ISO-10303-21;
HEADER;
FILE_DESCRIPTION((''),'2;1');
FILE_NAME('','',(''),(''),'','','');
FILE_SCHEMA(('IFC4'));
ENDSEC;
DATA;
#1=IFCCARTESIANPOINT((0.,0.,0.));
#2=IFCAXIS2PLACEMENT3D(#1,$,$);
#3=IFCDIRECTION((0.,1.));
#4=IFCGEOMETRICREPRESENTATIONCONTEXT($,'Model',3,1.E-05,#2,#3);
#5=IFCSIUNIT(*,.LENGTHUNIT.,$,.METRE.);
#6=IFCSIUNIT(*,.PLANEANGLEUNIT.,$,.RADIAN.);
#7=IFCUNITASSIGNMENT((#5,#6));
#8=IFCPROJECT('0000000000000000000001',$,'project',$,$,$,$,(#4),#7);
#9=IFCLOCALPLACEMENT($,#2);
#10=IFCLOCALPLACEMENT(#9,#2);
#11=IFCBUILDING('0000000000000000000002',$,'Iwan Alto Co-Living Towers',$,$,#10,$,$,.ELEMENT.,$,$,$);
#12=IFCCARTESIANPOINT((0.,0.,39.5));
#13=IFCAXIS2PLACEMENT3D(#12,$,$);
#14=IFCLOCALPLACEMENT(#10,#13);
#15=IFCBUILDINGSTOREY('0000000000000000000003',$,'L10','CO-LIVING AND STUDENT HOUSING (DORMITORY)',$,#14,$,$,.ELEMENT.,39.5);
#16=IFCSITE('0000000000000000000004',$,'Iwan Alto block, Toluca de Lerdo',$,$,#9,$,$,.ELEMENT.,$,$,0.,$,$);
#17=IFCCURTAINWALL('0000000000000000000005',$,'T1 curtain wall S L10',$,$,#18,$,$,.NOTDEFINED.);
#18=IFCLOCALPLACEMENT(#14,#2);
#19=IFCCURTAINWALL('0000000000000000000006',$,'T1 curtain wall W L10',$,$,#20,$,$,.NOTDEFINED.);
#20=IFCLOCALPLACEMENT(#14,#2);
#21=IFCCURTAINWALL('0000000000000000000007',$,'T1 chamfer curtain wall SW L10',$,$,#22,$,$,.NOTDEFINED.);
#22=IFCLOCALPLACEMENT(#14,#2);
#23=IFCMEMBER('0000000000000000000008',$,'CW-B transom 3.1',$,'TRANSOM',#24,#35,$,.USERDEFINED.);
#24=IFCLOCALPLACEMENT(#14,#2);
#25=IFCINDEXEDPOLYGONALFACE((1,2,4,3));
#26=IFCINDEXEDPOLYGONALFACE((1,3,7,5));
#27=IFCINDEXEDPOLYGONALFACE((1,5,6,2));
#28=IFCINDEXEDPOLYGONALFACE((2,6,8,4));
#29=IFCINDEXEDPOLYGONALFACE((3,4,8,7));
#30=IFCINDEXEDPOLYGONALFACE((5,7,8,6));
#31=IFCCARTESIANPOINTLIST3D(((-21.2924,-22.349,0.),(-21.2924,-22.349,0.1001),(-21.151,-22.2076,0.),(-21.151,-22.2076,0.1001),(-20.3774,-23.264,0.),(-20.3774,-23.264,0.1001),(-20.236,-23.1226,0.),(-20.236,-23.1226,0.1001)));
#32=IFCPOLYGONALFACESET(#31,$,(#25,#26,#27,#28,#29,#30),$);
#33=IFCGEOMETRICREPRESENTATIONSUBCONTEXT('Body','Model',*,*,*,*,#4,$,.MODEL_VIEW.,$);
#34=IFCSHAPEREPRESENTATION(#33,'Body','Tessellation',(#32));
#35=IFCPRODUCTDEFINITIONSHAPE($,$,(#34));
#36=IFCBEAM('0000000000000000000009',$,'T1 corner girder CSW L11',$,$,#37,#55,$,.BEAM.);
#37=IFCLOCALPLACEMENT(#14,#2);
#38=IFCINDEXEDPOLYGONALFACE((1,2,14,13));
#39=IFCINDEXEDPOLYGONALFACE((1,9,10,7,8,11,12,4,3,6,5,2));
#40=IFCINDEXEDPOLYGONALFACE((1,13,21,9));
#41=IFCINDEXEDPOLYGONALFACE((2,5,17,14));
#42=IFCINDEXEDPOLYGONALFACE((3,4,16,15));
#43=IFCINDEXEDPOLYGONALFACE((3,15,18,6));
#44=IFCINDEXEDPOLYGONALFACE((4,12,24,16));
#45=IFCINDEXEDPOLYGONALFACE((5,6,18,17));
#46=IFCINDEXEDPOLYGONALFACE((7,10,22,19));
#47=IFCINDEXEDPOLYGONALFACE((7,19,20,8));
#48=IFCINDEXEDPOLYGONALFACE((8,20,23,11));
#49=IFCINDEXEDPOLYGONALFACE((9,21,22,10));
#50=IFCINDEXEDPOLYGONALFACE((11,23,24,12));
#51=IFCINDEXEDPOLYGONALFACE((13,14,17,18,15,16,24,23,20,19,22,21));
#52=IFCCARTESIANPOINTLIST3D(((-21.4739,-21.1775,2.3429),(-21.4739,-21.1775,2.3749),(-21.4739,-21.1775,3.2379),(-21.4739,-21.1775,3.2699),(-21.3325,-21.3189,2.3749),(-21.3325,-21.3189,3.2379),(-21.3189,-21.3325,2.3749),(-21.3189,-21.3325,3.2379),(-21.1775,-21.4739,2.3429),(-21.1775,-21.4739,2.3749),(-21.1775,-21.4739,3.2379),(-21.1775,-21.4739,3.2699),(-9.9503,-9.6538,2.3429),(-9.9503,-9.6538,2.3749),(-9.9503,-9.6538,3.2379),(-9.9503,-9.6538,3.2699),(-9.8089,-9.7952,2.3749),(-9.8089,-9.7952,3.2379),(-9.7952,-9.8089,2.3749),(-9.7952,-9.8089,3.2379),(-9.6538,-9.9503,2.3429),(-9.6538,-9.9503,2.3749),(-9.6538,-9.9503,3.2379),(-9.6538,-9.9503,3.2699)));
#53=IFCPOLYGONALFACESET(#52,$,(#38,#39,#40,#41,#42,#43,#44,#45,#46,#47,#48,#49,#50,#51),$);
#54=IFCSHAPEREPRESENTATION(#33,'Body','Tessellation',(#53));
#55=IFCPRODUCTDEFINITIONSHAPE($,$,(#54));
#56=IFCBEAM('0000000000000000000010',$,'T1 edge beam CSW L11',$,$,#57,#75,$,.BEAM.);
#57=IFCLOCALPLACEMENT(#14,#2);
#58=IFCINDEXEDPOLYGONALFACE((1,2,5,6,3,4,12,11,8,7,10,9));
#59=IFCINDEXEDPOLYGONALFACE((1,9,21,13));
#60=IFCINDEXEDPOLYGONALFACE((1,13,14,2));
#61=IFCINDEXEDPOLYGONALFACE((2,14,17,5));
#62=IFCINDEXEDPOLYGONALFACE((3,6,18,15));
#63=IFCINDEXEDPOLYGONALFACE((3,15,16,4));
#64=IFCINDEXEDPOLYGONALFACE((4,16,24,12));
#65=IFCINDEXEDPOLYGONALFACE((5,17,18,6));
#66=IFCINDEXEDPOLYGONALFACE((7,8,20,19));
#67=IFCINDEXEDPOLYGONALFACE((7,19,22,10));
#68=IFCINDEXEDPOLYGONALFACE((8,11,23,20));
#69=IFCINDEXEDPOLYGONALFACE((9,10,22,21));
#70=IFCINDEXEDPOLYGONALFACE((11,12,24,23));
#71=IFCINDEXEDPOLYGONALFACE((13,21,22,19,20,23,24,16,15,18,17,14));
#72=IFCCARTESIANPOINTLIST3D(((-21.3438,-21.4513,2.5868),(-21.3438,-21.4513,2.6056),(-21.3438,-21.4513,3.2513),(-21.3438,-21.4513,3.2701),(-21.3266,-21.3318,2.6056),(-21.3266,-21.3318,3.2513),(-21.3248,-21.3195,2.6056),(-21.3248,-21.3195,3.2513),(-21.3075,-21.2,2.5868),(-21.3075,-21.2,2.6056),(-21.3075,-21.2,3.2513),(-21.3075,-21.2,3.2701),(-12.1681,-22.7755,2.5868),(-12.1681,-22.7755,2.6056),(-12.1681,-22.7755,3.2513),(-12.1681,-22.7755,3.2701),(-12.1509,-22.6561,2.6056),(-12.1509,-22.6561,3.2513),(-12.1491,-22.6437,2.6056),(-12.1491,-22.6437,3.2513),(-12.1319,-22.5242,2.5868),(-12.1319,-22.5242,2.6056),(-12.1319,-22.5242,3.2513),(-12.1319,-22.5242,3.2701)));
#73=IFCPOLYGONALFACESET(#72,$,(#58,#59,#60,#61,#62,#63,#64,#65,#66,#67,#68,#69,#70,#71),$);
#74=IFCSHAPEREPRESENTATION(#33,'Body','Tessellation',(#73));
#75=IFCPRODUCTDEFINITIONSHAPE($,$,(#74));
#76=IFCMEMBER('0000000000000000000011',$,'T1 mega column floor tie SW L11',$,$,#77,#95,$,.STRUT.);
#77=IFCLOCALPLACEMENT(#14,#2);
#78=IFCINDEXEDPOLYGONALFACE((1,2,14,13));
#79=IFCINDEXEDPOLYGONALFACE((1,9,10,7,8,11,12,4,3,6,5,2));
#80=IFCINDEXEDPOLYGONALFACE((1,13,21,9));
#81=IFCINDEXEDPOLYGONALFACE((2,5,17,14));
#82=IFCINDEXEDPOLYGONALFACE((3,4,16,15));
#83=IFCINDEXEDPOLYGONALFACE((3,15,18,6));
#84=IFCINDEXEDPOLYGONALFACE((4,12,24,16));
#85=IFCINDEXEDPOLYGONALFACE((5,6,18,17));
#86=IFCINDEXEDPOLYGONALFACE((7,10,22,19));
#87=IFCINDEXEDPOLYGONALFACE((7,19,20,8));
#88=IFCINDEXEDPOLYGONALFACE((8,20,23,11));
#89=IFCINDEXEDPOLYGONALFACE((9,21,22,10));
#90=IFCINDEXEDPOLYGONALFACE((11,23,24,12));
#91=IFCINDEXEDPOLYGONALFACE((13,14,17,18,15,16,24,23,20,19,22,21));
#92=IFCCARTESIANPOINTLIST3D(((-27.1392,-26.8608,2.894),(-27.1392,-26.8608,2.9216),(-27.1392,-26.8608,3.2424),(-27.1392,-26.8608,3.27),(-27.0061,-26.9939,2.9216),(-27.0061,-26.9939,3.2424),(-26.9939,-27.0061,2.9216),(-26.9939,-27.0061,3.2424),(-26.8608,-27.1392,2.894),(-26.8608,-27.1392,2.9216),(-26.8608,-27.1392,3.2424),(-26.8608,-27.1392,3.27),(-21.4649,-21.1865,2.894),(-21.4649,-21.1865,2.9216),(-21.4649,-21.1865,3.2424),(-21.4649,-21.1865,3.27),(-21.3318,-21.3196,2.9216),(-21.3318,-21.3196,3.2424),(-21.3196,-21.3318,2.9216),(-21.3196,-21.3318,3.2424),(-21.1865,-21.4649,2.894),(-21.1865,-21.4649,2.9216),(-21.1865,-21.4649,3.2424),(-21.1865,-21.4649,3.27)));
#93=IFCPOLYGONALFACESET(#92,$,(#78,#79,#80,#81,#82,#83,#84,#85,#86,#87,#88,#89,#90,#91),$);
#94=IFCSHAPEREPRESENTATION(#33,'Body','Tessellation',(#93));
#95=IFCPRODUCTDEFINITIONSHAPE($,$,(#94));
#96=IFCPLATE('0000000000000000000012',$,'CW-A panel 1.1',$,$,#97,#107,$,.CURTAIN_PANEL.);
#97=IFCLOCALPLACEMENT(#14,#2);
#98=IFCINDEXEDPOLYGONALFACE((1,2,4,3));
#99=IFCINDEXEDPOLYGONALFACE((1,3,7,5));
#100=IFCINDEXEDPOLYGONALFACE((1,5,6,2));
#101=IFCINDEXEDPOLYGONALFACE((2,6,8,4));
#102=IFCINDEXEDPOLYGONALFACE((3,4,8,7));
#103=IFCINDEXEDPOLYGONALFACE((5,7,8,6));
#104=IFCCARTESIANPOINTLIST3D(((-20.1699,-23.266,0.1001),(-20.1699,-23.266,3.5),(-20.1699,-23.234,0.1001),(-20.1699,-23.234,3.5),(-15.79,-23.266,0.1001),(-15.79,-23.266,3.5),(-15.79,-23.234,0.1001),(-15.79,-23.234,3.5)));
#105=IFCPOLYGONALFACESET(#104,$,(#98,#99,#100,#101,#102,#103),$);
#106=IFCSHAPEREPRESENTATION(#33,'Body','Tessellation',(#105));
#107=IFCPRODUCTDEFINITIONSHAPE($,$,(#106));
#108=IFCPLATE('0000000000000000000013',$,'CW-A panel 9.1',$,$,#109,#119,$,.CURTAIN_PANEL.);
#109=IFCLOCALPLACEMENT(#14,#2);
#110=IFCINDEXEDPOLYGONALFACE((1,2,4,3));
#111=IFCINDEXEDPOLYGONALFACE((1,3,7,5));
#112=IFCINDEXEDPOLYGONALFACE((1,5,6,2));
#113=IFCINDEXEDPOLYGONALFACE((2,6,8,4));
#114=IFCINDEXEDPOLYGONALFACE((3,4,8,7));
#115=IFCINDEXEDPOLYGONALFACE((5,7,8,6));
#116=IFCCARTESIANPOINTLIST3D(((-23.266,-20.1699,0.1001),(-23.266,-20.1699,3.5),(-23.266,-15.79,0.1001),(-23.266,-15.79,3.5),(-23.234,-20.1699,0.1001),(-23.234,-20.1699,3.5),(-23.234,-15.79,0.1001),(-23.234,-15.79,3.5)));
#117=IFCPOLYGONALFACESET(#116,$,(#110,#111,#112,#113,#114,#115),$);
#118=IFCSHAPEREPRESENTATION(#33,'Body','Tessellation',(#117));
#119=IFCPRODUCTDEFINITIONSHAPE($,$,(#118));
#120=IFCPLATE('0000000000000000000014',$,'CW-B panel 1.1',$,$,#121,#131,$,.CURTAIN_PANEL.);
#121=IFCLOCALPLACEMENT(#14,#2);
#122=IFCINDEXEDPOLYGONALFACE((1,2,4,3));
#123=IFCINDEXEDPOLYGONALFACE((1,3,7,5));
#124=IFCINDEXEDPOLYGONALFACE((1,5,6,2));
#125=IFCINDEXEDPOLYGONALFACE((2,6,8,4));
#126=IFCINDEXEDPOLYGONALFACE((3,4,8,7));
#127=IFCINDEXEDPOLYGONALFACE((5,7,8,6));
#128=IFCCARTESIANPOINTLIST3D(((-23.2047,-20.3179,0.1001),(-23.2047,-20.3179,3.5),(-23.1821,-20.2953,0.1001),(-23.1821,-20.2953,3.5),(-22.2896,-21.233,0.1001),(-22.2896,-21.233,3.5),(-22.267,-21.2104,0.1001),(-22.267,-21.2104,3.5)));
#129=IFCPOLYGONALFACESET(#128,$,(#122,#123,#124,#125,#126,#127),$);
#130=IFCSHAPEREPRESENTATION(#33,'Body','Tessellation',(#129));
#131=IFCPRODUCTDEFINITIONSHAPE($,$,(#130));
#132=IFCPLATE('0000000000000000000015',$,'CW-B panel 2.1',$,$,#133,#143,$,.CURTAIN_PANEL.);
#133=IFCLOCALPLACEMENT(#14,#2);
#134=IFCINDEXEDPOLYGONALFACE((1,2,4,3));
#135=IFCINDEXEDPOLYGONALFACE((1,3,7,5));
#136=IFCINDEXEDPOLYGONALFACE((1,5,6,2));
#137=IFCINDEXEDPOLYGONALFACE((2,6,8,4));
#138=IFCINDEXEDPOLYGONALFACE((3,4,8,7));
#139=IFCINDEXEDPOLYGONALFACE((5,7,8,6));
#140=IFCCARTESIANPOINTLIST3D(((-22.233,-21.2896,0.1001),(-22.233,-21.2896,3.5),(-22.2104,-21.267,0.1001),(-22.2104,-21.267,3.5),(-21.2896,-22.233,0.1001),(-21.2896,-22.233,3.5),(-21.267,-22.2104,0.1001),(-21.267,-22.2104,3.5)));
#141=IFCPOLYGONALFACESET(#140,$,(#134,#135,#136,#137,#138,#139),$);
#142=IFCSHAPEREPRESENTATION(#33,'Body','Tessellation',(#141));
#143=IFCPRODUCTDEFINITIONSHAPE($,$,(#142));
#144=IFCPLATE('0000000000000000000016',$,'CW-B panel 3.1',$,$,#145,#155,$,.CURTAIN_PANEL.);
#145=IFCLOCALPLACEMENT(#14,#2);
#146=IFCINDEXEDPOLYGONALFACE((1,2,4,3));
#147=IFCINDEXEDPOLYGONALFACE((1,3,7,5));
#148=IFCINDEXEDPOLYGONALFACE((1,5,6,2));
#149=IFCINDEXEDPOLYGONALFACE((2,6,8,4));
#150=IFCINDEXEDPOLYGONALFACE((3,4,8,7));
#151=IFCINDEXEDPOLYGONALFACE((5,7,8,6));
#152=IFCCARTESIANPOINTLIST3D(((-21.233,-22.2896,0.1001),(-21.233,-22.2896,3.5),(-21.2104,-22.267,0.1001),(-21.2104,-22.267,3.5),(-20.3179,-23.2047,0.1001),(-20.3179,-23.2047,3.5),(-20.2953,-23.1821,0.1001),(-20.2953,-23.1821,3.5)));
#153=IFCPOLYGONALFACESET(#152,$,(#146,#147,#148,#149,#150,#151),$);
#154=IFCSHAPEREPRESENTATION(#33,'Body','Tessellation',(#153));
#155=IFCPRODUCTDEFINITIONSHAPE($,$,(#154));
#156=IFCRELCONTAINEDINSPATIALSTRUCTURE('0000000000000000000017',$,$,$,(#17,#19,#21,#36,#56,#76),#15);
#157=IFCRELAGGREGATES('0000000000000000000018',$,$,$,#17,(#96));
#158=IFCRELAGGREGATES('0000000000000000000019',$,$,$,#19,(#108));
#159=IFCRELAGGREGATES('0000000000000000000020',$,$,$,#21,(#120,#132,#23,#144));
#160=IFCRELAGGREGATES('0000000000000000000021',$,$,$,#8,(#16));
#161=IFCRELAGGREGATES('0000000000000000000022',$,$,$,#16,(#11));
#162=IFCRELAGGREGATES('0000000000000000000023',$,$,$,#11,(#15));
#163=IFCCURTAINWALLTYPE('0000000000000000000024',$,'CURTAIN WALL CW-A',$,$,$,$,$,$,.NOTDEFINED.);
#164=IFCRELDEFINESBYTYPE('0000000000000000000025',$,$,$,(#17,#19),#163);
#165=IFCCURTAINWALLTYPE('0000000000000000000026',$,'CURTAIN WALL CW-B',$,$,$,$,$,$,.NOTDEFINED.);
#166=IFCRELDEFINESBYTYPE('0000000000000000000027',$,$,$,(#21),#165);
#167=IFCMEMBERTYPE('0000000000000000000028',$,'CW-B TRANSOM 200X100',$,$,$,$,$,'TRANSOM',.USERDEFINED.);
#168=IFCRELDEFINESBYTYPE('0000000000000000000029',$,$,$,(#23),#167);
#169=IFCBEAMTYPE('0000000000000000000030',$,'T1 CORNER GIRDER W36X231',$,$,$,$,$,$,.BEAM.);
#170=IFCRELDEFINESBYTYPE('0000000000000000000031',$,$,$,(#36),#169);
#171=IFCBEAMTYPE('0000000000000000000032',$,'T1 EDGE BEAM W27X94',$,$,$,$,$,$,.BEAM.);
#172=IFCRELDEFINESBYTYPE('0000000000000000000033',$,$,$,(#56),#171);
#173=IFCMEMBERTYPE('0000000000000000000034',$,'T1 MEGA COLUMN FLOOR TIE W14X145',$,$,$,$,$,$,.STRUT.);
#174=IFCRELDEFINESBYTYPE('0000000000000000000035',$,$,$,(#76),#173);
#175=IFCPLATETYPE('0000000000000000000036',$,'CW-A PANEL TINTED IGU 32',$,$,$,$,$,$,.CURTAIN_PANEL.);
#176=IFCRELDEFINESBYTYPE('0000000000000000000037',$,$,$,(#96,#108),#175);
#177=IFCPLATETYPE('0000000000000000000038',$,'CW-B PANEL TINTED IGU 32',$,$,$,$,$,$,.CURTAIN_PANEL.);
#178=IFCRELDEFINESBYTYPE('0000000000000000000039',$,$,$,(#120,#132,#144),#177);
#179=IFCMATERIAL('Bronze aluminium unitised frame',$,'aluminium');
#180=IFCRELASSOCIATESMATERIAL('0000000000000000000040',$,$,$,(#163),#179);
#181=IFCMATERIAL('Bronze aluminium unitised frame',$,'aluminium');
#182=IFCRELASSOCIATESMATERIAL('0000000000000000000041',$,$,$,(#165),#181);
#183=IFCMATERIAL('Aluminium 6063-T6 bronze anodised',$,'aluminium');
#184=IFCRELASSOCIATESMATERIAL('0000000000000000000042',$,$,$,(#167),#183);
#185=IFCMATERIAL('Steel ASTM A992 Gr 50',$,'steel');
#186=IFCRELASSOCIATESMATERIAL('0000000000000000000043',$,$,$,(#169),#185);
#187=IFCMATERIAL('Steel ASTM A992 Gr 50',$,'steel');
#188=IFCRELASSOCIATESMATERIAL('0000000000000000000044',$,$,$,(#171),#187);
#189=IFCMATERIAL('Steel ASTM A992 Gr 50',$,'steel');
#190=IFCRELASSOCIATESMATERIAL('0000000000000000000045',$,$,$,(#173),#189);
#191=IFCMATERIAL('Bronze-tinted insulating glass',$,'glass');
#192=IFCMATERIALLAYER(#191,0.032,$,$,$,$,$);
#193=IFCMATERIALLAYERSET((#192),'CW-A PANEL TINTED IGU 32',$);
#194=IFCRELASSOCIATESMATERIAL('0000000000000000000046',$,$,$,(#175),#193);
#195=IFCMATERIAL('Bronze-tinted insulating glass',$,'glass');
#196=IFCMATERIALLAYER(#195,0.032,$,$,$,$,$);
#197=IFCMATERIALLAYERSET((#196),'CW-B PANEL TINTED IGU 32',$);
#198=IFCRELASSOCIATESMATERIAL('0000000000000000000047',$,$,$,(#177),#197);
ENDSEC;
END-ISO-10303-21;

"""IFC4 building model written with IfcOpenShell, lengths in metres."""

from ifc_helpers import new_model, si_unit, direction, frame, origin, origin_2d, place, context, subcontext, project, spatial, rectangle, i_section, extrude, material, layer, layer_set, material_profile, profile_set, type_object, element, aggregate, save


model = new_model("IFC4")

# Units and contexts
model_context = context("Model", 3, precision=1e-05, world=origin(), true_north=direction((0.0, 1.0)))
body_context = subcontext(model_context, "Body", "Model", "MODEL_VIEW")
ifc_project = project(units=[si_unit("LENGTHUNIT", "METRE"), si_unit("PLANEANGLEUNIT", "RADIAN")], contexts=[model_context])

# Site, building, storey
site_placement = place(None, origin())
site = spatial("IfcSite", under=ifc_project, at=site_placement, Name="Iwan Alto block, Toluca de Lerdo", CompositionType="ELEMENT", RefElevation=0.0)
building_placement = place(site_placement, origin())
building = spatial("IfcBuilding", under=site, at=building_placement, Name="Iwan Alto Co-Living Towers", CompositionType="ELEMENT")
storey_placement = place(building_placement, frame((0.0, 0.0, 39.5)))
storey = spatial("IfcBuildingStorey", under=building, at=storey_placement, Name="L10", Description="CO-LIVING AND STUDENT HOUSING (DORMITORY)", CompositionType="ELEMENT", Elevation=39.5)

# Curtain wall
ifc_material_1 = material(Name="Bronze aluminium unitised frame", Category="aluminium")
curtain_wall_type_1 = type_object("IfcCurtainWallType", Name="CURTAIN WALL CW-A", PredefinedType="NOTDEFINED", material=ifc_material_1)
curtain_wall_1_placement = place(storey_placement, origin())
curtain_wall_1 = element("IfcCurtainWall", 1, at=curtain_wall_1_placement, inside=storey, type_object=curtain_wall_type_1, Name="T1 curtain wall S L10", PredefinedType="NOTDEFINED")

# Curtain wall
curtain_wall_2_placement = place(storey_placement, origin())
curtain_wall_2 = element("IfcCurtainWall", 2, at=curtain_wall_2_placement, inside=storey, type_object=curtain_wall_type_1, Name="T1 curtain wall W L10", PredefinedType="NOTDEFINED")

# Curtain wall, member
ifc_material_2 = material(Name="Bronze aluminium unitised frame", Category="aluminium")
curtain_wall_type_2 = type_object("IfcCurtainWallType", Name="CURTAIN WALL CW-B", PredefinedType="NOTDEFINED", material=ifc_material_2)
curtain_wall_3_placement = place(storey_placement, origin())
curtain_wall_3 = element("IfcCurtainWall", 3, at=curtain_wall_3_placement, inside=storey, type_object=curtain_wall_type_2, Name="T1 chamfer curtain wall SW L10", PredefinedType="NOTDEFINED")
ifc_material_3 = material(Name="Aluminium 6063-T6 bronze anodised", Category="aluminium")
ifc_material_profile_1 = material_profile(ifc_material_3, rectangle(XDim=0.2, YDim=0.1001, at=origin_2d()), Name="AL 200X100")
ifc_profile_set_1 = profile_set([ifc_material_profile_1], Name="Aluminium 6063-T6 bronze anodised")
member_type_1 = type_object("IfcMemberType", Name="CW-B TRANSOM 200X100", ElementType="TRANSOM", PredefinedType="USERDEFINED", material=ifc_profile_set_1)
member_1_placement = place(storey_placement, frame((-21.2217, -22.2783, 0.05), z_axis=(0.707107, -0.707107, 0.0), x_axis=(0.707107, 0.707107, 0.0)))
member_1 = element("IfcMember", 4, at=member_1_placement, type_object=member_type_1, Name="CW-B transom 3.1", ObjectType="TRANSOM", PredefinedType="USERDEFINED", context=body_context, shape_type="SweptSolid", body=[
    extrude(rectangle(XDim=0.2, YDim=0.1001, at=origin_2d()), origin(), (0.0, 0.0, 1.0), 1.2939),
])

# Beams
ifc_material_4 = material(Name="Steel ASTM A992 Gr 50", Category="steel")
ifc_material_profile_2 = material_profile(ifc_material_4, i_section(OverallWidth=0.4192, OverallDepth=0.927, WebThickness=0.0193, FlangeThickness=0.032, at=origin_2d()), Name="W36X231")
ifc_profile_set_2 = profile_set([ifc_material_profile_2], Name="Steel ASTM A992 Gr 50")
beam_type_1 = type_object("IfcBeamType", Name="T1 CORNER GIRDER W36X231", PredefinedType="BEAM", material=ifc_profile_set_2)
beam_1_placement = place(storey_placement, frame((-21.3257, -21.3257, 2.8064), z_axis=(0.707107, 0.707107, 0.0), x_axis=(-0.707107, 0.707107, 0.0)))
element("IfcBeam", 5, at=beam_1_placement, inside=storey, type_object=beam_type_1, Name="T1 corner girder CSW L11", PredefinedType="BEAM", context=body_context, shape_type="SweptSolid", body=[
    extrude(i_section(OverallWidth=0.4192, OverallDepth=0.927, WebThickness=0.0193, FlangeThickness=0.032, at=origin_2d()), origin(), (0.0, 0.0, 1.0), 16.2969),
])
ifc_material_5 = material(Name="Steel ASTM A992 Gr 50", Category="steel")
ifc_material_profile_3 = material_profile(ifc_material_5, i_section(OverallWidth=0.2539, OverallDepth=0.6833, WebThickness=0.0125, FlangeThickness=0.0188, at=origin_2d()), Name="W27X94")
ifc_profile_set_3 = profile_set([ifc_material_profile_3], Name="Steel ASTM A992 Gr 50")
beam_type_2 = type_object("IfcBeamType", Name="T1 EDGE BEAM W27X94", PredefinedType="BEAM", material=ifc_profile_set_3)
beam_2_placement = place(storey_placement, frame((-21.3257, -21.3257, 2.9285), z_axis=(0.989746, -0.142837, 0.0), x_axis=(0.142837, 0.989746, 0.0)))
element("IfcBeam", 6, at=beam_2_placement, inside=storey, type_object=beam_type_2, Name="T1 edge beam CSW L11", PredefinedType="BEAM", context=body_context, shape_type="SweptSolid", body=[
    extrude(i_section(OverallWidth=0.2539, OverallDepth=0.6833, WebThickness=0.0125, FlangeThickness=0.0188, at=origin_2d()), origin(), (0.0, 0.0, 1.0), 9.2708),
])

# Member
ifc_material_6 = material(Name="Steel ASTM A992 Gr 50", Category="steel")
ifc_material_profile_4 = material_profile(ifc_material_6, i_section(OverallWidth=0.3938, OverallDepth=0.376, WebThickness=0.0173, FlangeThickness=0.0276, at=origin_2d()), Name="W14X145")
ifc_profile_set_4 = profile_set([ifc_material_profile_4], Name="Steel ASTM A992 Gr 50")
member_type_2 = type_object("IfcMemberType", Name="T1 MEGA COLUMN FLOOR TIE W14X145", PredefinedType="STRUT", material=ifc_profile_set_4)
member_2_placement = place(storey_placement, frame((-27.0, -27.0, 3.082), z_axis=(0.707107, 0.707107, 0.0), x_axis=(-0.707107, 0.707107, 0.0)))
element("IfcMember", 7, at=member_2_placement, inside=storey, type_object=member_type_2, Name="T1 mega column floor tie SW L11", PredefinedType="STRUT", context=body_context, shape_type="SweptSolid", body=[
    extrude(i_section(OverallWidth=0.3938, OverallDepth=0.376, WebThickness=0.0173, FlangeThickness=0.0276, at=origin_2d()), origin(), (0.0, 0.0, 1.0), 8.0247),
])

# Plates
ifc_material_7 = material(Name="Bronze-tinted insulating glass", Category="glass")
ifc_layer_1 = layer(ifc_material_7, 0.032)
ifc_layer_set_1 = layer_set([ifc_layer_1], Name="CW-A PANEL TINTED IGU 32")
plate_type_1 = type_object("IfcPlateType", Name="CW-A PANEL TINTED IGU 32", PredefinedType="CURTAIN_PANEL", material=ifc_layer_set_1)
plate_1_placement = place(storey_placement, frame((-17.98, -23.25, 0.1001), z_axis=(0.0, 0.0, 1.0), x_axis=(1.0, 0.0, 0.0)))
plate_1 = element("IfcPlate", 8, at=plate_1_placement, type_object=plate_type_1, Name="CW-A panel 1.1", PredefinedType="CURTAIN_PANEL", context=body_context, shape_type="SweptSolid", body=[
    extrude(rectangle(XDim=4.3799, YDim=0.032, at=origin_2d()), origin(), (0.0, 0.0, 1.0), 3.3999),
])
aggregate(curtain_wall_1, [plate_1])
plate_2_placement = place(storey_placement, frame((-23.25, -17.98, 0.1001), z_axis=(0.0, 0.0, 1.0), x_axis=(0.0, -1.0, 0.0)))
plate_2 = element("IfcPlate", 9, at=plate_2_placement, type_object=plate_type_1, Name="CW-A panel 9.1", PredefinedType="CURTAIN_PANEL", context=body_context, shape_type="SweptSolid", body=[
    extrude(rectangle(XDim=4.3799, YDim=0.032, at=origin_2d()), origin(), (0.0, 0.0, 1.0), 3.3999),
])
aggregate(curtain_wall_2, [plate_2])
ifc_material_8 = material(Name="Bronze-tinted insulating glass", Category="glass")
ifc_layer_2 = layer(ifc_material_8, 0.032)
ifc_layer_set_2 = layer_set([ifc_layer_2], Name="CW-B PANEL TINTED IGU 32")
plate_type_2 = type_object("IfcPlateType", Name="CW-B PANEL TINTED IGU 32", PredefinedType="CURTAIN_PANEL", material=ifc_layer_set_2)
plate_3_placement = place(storey_placement, frame((-22.7358, -20.7642, 0.1001), z_axis=(0.0, 0.0, 1.0), x_axis=(0.707107, -0.707107, 0.0)))
plate_3 = element("IfcPlate", 10, at=plate_3_placement, type_object=plate_type_2, Name="CW-B panel 1.1", PredefinedType="CURTAIN_PANEL", context=body_context, shape_type="SweptSolid", body=[
    extrude(rectangle(XDim=1.2942, YDim=0.032, at=origin_2d()), origin(), (0.0, 0.0, 1.0), 3.3999),
])
plate_4_placement = place(storey_placement, frame((-21.75, -21.75, 0.1001), z_axis=(0.0, 0.0, 1.0), x_axis=(0.707107, -0.707107, 0.0)))
plate_4 = element("IfcPlate", 11, at=plate_4_placement, type_object=plate_type_2, Name="CW-B panel 2.1", PredefinedType="CURTAIN_PANEL", context=body_context, shape_type="SweptSolid", body=[
    extrude(rectangle(XDim=1.3342, YDim=0.032, at=origin_2d()), origin(), (0.0, 0.0, 1.0), 3.3999),
])
plate_5_placement = place(storey_placement, frame((-20.7642, -22.7358, 0.1001), z_axis=(0.0, 0.0, 1.0), x_axis=(0.707107, -0.707107, 0.0)))
plate_5 = element("IfcPlate", 12, at=plate_5_placement, type_object=plate_type_2, Name="CW-B panel 3.1", PredefinedType="CURTAIN_PANEL", context=body_context, shape_type="SweptSolid", body=[
    extrude(rectangle(XDim=1.2942, YDim=0.032, at=origin_2d()), origin(), (0.0, 0.0, 1.0), 3.3999),
])
aggregate(curtain_wall_3, [plate_3, plate_4, member_1, plate_5])

save(model, "model.ifc")
